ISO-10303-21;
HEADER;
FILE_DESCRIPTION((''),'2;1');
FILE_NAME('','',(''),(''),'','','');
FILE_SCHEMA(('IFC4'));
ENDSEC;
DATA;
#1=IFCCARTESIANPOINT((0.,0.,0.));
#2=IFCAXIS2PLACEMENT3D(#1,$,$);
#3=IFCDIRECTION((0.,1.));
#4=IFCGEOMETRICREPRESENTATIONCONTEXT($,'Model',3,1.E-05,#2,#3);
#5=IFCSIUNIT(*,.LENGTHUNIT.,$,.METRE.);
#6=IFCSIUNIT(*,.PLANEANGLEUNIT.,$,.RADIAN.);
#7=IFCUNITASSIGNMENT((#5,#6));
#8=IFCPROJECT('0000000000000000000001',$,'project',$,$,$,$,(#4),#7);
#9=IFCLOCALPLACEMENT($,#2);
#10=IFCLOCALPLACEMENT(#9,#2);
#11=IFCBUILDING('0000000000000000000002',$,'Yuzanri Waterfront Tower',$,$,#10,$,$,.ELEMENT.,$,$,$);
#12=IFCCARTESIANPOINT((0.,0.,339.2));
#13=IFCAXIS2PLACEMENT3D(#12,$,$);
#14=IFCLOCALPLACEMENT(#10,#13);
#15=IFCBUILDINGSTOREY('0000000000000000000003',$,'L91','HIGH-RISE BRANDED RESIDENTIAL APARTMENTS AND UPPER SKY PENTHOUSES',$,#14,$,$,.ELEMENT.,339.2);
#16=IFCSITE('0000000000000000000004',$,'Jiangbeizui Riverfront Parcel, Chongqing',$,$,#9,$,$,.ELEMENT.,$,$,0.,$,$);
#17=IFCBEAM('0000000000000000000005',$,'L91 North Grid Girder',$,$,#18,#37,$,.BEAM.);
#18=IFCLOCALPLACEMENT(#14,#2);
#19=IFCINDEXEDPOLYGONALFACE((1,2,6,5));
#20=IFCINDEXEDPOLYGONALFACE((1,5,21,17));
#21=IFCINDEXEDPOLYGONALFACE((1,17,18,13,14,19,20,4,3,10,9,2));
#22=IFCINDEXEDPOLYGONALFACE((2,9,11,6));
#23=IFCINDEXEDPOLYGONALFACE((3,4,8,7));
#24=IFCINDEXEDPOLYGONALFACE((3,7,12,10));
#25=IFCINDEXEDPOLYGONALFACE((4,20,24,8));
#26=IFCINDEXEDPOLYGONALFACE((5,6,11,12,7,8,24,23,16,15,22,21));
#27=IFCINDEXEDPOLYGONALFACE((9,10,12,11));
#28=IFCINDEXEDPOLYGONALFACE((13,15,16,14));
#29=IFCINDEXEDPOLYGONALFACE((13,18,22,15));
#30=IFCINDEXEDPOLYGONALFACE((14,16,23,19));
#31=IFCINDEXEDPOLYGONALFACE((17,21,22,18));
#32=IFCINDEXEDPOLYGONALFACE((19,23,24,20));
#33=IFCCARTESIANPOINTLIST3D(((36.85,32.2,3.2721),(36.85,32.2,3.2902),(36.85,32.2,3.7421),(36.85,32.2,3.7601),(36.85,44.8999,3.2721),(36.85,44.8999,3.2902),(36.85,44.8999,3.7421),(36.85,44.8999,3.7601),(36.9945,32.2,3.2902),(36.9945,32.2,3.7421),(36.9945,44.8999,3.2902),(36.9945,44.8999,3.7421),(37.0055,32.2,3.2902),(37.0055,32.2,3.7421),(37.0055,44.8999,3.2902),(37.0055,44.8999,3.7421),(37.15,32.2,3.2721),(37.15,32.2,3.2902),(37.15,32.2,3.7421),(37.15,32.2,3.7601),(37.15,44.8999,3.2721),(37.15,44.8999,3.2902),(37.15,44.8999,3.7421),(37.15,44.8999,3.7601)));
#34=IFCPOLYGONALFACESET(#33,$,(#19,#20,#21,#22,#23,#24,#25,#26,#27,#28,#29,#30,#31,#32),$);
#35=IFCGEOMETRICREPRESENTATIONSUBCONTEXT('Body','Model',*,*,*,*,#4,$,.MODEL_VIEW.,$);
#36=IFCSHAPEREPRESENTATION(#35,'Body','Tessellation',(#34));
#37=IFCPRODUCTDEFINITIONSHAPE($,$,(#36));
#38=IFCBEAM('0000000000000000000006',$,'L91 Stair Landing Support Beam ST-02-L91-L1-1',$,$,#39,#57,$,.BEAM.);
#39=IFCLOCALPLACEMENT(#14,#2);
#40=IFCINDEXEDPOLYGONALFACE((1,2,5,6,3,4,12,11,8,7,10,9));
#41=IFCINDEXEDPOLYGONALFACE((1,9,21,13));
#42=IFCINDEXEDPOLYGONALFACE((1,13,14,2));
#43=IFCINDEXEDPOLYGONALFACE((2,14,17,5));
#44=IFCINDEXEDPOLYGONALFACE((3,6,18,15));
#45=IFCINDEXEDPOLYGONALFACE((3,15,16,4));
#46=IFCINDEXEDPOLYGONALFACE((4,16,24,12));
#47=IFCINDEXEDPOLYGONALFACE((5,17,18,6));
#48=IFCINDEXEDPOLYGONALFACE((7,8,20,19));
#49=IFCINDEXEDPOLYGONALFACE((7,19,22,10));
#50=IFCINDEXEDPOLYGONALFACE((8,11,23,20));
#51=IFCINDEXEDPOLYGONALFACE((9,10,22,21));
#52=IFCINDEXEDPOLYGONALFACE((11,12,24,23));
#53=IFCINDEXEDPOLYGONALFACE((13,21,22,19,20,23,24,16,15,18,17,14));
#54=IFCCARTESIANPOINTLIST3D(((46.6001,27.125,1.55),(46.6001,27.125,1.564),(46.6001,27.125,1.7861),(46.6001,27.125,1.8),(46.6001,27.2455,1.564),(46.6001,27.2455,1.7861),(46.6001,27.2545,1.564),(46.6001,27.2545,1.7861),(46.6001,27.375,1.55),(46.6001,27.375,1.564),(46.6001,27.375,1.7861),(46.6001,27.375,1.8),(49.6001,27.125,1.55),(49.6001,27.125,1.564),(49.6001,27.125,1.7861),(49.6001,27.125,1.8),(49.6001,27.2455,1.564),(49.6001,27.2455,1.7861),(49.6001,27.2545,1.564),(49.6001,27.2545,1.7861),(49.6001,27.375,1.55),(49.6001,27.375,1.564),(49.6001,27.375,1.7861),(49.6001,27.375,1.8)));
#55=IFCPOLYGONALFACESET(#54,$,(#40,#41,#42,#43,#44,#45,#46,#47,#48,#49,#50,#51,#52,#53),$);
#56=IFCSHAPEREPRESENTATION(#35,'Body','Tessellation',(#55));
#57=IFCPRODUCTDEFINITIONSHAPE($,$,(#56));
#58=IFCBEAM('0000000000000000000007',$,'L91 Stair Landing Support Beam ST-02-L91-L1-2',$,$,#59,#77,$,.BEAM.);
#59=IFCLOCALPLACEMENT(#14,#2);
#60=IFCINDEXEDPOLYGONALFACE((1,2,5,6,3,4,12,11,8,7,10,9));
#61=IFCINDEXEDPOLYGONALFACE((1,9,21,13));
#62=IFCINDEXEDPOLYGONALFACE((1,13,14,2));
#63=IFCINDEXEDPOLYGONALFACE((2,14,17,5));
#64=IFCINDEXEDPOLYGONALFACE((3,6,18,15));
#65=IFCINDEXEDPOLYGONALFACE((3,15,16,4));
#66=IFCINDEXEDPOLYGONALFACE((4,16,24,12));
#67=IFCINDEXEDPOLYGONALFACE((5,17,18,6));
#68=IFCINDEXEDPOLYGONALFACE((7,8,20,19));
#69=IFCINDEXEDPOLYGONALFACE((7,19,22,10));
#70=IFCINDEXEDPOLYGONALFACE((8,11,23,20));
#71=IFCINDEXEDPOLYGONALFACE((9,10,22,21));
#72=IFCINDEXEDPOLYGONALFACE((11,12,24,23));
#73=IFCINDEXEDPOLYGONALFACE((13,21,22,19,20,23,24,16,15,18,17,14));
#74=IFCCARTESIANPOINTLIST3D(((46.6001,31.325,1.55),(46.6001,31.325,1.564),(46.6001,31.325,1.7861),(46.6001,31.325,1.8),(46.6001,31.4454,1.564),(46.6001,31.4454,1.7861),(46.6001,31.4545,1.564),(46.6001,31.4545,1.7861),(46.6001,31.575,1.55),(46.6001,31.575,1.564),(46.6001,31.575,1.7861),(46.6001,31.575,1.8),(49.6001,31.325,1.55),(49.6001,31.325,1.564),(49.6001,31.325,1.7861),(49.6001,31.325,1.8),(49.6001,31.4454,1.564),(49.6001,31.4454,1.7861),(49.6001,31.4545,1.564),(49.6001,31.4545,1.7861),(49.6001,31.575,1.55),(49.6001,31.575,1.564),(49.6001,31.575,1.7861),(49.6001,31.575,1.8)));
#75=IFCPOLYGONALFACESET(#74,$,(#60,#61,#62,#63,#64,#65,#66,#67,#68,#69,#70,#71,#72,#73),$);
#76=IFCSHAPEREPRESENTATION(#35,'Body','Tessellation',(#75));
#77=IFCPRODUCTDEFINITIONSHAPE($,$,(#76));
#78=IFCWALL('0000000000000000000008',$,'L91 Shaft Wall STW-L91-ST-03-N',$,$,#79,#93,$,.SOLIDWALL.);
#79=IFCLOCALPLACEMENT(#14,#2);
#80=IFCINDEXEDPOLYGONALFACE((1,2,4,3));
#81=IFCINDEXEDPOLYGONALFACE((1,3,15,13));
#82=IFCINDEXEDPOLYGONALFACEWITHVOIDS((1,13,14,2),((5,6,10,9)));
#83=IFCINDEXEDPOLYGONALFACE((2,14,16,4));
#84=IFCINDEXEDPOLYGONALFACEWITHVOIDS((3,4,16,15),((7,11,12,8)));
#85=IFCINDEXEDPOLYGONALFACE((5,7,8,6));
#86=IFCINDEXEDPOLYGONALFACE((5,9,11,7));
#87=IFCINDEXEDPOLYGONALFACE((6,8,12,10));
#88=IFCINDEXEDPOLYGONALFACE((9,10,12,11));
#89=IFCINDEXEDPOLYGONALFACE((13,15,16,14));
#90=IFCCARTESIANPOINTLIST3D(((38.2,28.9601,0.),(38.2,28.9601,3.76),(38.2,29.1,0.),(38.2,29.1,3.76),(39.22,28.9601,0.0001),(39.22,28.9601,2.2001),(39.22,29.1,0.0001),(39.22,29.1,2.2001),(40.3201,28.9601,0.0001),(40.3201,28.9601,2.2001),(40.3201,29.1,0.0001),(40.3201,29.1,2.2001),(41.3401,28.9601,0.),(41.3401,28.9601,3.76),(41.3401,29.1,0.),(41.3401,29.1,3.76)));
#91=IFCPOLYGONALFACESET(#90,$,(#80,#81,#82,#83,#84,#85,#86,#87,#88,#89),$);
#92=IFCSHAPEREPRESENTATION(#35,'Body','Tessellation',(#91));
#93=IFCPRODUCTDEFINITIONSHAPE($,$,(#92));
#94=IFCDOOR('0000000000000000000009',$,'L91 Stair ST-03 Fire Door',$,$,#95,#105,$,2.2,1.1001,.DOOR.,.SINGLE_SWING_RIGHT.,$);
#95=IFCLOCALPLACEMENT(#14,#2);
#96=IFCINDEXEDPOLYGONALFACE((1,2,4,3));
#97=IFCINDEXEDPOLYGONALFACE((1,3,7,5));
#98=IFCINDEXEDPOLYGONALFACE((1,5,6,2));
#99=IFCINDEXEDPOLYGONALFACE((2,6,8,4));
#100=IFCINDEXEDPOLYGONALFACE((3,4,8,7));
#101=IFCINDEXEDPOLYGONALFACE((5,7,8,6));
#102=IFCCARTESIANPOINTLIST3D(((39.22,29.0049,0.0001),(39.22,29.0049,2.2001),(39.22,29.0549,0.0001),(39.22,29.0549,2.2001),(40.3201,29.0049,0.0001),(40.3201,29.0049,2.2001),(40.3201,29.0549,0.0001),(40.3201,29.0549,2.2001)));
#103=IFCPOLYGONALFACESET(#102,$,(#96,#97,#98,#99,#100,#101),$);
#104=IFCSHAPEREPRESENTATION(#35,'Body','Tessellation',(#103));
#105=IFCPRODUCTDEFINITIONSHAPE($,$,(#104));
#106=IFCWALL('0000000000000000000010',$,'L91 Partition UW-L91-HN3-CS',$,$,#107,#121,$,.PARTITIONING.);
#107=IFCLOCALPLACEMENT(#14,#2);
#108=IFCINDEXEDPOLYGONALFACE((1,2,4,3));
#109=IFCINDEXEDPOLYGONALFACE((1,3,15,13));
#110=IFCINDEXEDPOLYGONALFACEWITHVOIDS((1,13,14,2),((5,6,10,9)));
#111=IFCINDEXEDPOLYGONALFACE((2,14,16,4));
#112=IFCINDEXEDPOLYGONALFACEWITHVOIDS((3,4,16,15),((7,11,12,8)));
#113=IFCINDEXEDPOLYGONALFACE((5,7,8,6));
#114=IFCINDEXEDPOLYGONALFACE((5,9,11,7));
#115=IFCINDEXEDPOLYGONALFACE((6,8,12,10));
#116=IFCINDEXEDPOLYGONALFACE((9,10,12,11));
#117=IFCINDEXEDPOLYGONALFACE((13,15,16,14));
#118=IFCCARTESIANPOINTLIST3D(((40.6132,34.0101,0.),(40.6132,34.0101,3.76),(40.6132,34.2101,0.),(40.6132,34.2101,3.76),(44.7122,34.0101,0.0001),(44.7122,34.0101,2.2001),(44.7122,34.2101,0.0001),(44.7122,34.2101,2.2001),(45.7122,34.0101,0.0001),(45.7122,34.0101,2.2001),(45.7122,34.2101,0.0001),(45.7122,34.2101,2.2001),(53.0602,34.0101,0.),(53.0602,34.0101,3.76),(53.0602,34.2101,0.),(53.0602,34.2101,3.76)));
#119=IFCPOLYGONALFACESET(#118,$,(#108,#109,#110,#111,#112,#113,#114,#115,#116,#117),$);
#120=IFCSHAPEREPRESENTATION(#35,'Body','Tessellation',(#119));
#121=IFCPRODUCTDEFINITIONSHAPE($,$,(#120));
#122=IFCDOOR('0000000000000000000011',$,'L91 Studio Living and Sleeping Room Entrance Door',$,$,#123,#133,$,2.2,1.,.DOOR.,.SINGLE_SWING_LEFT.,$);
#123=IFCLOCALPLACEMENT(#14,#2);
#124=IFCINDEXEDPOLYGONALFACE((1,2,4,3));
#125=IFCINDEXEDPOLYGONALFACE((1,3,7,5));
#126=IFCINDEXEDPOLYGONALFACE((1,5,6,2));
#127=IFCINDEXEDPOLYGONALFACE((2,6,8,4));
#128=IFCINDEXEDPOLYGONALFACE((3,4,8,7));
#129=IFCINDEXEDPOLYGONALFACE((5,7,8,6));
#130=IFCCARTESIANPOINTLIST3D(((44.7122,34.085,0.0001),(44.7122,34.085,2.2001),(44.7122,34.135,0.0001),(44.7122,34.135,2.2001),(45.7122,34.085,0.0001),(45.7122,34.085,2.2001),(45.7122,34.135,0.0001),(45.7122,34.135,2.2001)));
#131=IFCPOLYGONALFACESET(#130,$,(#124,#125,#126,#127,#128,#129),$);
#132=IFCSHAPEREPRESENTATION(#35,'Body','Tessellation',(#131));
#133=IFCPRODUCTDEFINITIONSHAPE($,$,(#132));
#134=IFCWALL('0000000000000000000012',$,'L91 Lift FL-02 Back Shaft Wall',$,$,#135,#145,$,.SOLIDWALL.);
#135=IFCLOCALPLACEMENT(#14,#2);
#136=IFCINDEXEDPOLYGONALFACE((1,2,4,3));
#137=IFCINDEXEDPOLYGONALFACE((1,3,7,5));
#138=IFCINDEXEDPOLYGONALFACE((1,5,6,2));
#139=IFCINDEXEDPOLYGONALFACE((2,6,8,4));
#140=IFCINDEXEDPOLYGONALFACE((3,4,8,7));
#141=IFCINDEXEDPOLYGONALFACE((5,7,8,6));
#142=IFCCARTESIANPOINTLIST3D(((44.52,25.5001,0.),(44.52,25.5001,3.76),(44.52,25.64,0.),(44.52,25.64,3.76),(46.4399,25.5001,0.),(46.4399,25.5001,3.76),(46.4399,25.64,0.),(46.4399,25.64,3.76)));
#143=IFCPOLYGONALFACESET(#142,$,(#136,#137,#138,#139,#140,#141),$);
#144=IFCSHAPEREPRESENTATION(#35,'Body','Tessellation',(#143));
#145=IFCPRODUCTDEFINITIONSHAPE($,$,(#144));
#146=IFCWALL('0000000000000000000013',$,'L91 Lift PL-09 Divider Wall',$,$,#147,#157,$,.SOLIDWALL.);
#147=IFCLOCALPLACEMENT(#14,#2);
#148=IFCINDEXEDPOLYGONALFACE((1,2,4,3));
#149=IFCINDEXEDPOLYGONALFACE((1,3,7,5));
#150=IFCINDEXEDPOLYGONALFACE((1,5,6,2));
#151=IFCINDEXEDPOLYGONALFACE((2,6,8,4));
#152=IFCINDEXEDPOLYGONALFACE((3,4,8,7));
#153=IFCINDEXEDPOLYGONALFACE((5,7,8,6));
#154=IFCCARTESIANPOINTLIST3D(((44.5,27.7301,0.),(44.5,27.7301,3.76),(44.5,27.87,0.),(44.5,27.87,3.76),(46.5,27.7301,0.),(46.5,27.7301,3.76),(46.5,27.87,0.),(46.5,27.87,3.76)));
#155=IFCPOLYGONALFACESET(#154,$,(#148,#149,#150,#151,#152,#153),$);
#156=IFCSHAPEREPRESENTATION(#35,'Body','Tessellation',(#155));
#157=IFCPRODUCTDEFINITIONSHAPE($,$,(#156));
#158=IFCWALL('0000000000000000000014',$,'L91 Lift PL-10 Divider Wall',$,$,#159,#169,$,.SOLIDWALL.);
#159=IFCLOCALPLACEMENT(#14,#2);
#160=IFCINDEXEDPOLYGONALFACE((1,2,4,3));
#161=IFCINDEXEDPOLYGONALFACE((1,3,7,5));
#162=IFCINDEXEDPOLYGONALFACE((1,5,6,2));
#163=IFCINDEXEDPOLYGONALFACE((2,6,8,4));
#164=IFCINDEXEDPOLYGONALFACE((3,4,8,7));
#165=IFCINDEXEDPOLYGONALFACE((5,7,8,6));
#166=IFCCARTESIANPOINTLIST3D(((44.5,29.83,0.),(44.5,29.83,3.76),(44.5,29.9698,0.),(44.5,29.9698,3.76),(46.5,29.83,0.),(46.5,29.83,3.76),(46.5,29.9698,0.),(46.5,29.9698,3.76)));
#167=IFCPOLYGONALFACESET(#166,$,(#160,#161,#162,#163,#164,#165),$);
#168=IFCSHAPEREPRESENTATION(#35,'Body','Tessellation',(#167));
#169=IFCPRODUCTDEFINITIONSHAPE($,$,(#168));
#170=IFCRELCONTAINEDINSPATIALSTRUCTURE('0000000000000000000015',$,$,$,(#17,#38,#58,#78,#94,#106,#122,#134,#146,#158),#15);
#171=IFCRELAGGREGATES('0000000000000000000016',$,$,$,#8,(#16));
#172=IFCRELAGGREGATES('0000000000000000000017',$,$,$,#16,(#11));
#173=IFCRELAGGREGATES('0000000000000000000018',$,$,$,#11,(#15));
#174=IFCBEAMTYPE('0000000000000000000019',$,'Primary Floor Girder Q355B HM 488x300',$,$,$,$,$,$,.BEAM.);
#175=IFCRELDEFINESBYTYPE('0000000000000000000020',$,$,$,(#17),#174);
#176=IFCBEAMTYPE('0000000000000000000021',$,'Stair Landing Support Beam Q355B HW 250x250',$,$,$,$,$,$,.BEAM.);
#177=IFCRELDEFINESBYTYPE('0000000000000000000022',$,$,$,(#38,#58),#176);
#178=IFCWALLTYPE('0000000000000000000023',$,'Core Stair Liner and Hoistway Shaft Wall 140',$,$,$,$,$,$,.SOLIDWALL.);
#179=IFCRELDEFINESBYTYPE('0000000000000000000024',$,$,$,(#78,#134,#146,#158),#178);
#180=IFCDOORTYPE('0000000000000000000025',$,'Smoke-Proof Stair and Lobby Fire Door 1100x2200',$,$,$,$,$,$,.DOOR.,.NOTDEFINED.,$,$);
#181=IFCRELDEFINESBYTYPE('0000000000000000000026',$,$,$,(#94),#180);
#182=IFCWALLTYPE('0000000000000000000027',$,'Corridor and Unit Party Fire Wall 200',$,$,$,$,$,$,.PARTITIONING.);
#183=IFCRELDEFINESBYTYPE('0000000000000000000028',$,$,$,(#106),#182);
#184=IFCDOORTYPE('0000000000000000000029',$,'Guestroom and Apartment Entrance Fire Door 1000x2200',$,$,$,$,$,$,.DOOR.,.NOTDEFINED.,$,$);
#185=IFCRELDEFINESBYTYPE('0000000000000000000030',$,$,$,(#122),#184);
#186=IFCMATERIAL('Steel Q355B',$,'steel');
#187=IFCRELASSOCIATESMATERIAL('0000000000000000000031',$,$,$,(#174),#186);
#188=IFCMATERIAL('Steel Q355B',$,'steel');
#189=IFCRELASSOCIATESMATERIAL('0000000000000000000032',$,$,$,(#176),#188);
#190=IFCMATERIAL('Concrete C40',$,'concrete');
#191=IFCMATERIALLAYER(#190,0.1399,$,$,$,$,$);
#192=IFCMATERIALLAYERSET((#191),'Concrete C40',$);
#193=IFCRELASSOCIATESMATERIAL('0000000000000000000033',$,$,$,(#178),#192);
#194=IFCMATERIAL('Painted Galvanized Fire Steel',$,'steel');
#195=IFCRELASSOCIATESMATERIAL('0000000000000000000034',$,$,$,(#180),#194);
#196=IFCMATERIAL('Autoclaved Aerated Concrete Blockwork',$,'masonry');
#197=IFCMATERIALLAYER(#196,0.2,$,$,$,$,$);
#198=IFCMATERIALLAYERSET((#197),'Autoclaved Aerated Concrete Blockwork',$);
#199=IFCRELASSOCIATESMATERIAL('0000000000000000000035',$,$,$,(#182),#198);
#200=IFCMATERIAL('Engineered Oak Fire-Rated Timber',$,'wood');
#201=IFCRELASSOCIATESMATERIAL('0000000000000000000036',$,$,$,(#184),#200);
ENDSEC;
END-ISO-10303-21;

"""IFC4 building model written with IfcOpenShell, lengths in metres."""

from ifc_helpers import new_model, si_unit, direction, frame, frame_2d, origin, origin_2d, place, context, subcontext, project, spatial, rectangle, i_section, extrude, source, transform, mapped, material, layer, layer_set, material_profile, profile_set, type_object, element, fill, save


model = new_model("IFC4")

# Units and contexts
model_context = context("Model", 3, precision=1e-05, world=origin(), true_north=direction((0.0, 1.0)))
body_context = subcontext(model_context, "Body", "Model", "MODEL_VIEW")
ifc_project = project(units=[si_unit("LENGTHUNIT", "METRE"), si_unit("PLANEANGLEUNIT", "RADIAN")], contexts=[model_context])

# Site, building, storey
site_placement = place(None, origin())
site = spatial("IfcSite", under=ifc_project, at=site_placement, Name="Jiangbeizui Riverfront Parcel, Chongqing", CompositionType="ELEMENT", RefElevation=0.0)
building_placement = place(site_placement, origin())
building = spatial("IfcBuilding", under=site, at=building_placement, Name="Yuzanri Waterfront Tower", CompositionType="ELEMENT")
storey_placement = place(building_placement, frame((0.0, 0.0, 339.2)))
storey = spatial("IfcBuildingStorey", under=building, at=storey_placement, Name="L91", Description="HIGH-RISE BRANDED RESIDENTIAL APARTMENTS AND UPPER SKY PENTHOUSES", CompositionType="ELEMENT", Elevation=339.2)

# Beams
ifc_material_1 = material(Name="Steel Q355B", Category="steel")
ifc_material_profile_1 = material_profile(ifc_material_1, i_section(OverallWidth=0.3, OverallDepth=0.488, WebThickness=0.011, FlangeThickness=0.0181, at=origin_2d()), Name="HM 488x300x11x18")
ifc_profile_set_1 = profile_set([ifc_material_profile_1], Name="Steel Q355B")
beam_type_1 = type_object("IfcBeamType", Name="Primary Floor Girder Q355B HM 488x300", PredefinedType="BEAM", material=ifc_profile_set_1)
shared_shape_1 = source(origin(), body_context, "Body", "SweptSolid", [
    extrude(i_section(OverallWidth=0.3, OverallDepth=0.488, WebThickness=0.011, FlangeThickness=0.0181, at=origin_2d()), origin(), (0.0, 0.0, 1.0), 12.7),
])
beam_placement = place(storey_placement, frame((37.0, 32.2, 3.5161), z_axis=(0.0, 1.0, 0.0), x_axis=(-1.0, 0.0, 0.0)))
element("IfcBeam", 1, at=beam_placement, inside=storey, type_object=beam_type_1, Name="L91 North Grid Girder", PredefinedType="BEAM", context=body_context, shape_type="MappedRepresentation", body=[
    mapped(shared_shape_1, transform((0.0, 0.0, 0.0), scale=1.0)),
])
ifc_material_2 = material(Name="Steel Q355B", Category="steel")
ifc_material_profile_2 = material_profile(ifc_material_2, i_section(OverallWidth=0.25, OverallDepth=0.25, WebThickness=0.009, FlangeThickness=0.0139, at=origin_2d()), Name="HW 250x250x9x14")
ifc_profile_set_2 = profile_set([ifc_material_profile_2], Name="Steel Q355B")
beam_type_2 = type_object("IfcBeamType", Name="Stair Landing Support Beam Q355B HW 250x250", PredefinedType="BEAM", material=ifc_profile_set_2)
shared_shape_2 = source(origin(), body_context, "Body", "SweptSolid", [
    extrude(i_section(OverallWidth=0.25, OverallDepth=0.25, WebThickness=0.009, FlangeThickness=0.0139, at=origin_2d()), origin(), (0.0, 0.0, 1.0), 3.0),
])
for number, where, z_axis, x_axis, name in (
    (2, (46.6001, 27.25, 1.675), (1.0, 0.0, 0.0), (0.0, 1.0, 0.0), "L91 Stair Landing Support Beam ST-02-L91-L1-1"),
    (3, (46.6001, 31.45, 1.675), (1.0, 0.0, 0.0), (0.0, 1.0, 0.0), "L91 Stair Landing Support Beam ST-02-L91-L1-2"),
):
    element("IfcBeam", number, at=place(storey_placement, frame(where, z_axis=z_axis, x_axis=x_axis)), inside=storey, type_object=beam_type_2, Name=name, PredefinedType="BEAM", context=body_context, shape_type="MappedRepresentation", body=[
        mapped(shared_shape_2, transform((0.0, 0.0, 0.0), scale=1.0)),
    ])

# Walls, openings, doors
ifc_material_3 = material(Name="Concrete C40", Category="concrete")
ifc_layer_1 = layer(ifc_material_3, 0.1399)
ifc_layer_set_1 = layer_set([ifc_layer_1], Name="Concrete C40")
wall_type_1 = type_object("IfcWallType", Name="Core Stair Liner and Hoistway Shaft Wall 140", PredefinedType="SOLIDWALL", material=ifc_layer_set_1)
wall_1_placement = place(storey_placement, frame((38.2, 29.03, 0.0), z_axis=(0.0, 0.0, 1.0), x_axis=(1.0, 0.0, 0.0)))
wall_1 = element("IfcWall", 4, at=wall_1_placement, inside=storey, type_object=wall_type_1, Name="L91 Shaft Wall STW-L91-ST-03-N", PredefinedType="SOLIDWALL", context=body_context, shape_type="SweptSolid", body=[
    extrude(rectangle(XDim=3.1401, YDim=0.1399, at=frame_2d((1.5701, 0.0))), origin(), (0.0, 0.0, 1.0), 3.76),
])
opening_1_placement = place(wall_1_placement, frame((1.02, 0.0, 0.0)))
opening_1 = element("IfcOpeningElement", 5, at=opening_1_placement, cuts=wall_1, PredefinedType="OPENING", context=body_context, shape_type="SweptSolid", body=[
    extrude(rectangle(XDim=1.1001, YDim=2.2, at=frame_2d((0.55, 1.1001))), frame((0.0, 0.085, 0.0), z_axis=(0.0, -1.0, 0.0), x_axis=(1.0, 0.0, 0.0)), (0.0, 0.0, 1.0), 0.1697),
])
ifc_material_4 = material(Name="Painted Galvanized Fire Steel", Category="steel")
door_type_1 = type_object("IfcDoorType", Name="Smoke-Proof Stair and Lobby Fire Door 1100x2200", OperationType="NOTDEFINED", PredefinedType="DOOR", material=ifc_material_4)
shared_shape_3 = source(origin(), body_context, "Body", "SweptSolid", [
    extrude(rectangle(XDim=1.1001, YDim=2.2, at=frame_2d((0.55, 1.1001))), frame((0.0, 0.0249, 0.0), z_axis=(0.0, -1.0, 0.0), x_axis=(1.0, 0.0, 0.0)), (0.0, 0.0, 1.0), 0.05),
])
door_1_placement = place(opening_1_placement, origin())
door_1 = element("IfcDoor", 6, at=door_1_placement, inside=storey, type_object=door_type_1, Name="L91 Stair ST-03 Fire Door", OperationType="SINGLE_SWING_RIGHT", OverallHeight=2.2, OverallWidth=1.1001, PredefinedType="DOOR", context=body_context, shape_type="MappedRepresentation", body=[
    mapped(shared_shape_3, transform((0.0, 0.0, 0.0), scale=1.0)),
])
fill(opening_1, door_1)
ifc_material_5 = material(Name="Autoclaved Aerated Concrete Blockwork", Category="masonry")
ifc_layer_2 = layer(ifc_material_5, 0.2)
ifc_layer_set_2 = layer_set([ifc_layer_2], Name="Autoclaved Aerated Concrete Blockwork")
wall_type_2 = type_object("IfcWallType", Name="Corridor and Unit Party Fire Wall 200", PredefinedType="PARTITIONING", material=ifc_layer_set_2)
wall_2_placement = place(storey_placement, frame((40.613, 34.1101, 0.0), z_axis=(0.0, 0.0, 1.0), x_axis=(1.0, 0.0, 0.0)))
wall_2 = element("IfcWall", 7, at=wall_2_placement, inside=storey, type_object=wall_type_2, Name="L91 Partition UW-L91-HN3-CS", PredefinedType="PARTITIONING", context=body_context, shape_type="SweptSolid", body=[
    extrude(rectangle(XDim=12.447, YDim=0.2, at=frame_2d((6.2236, 0.0))), origin(), (0.0, 0.0, 1.0), 3.76),
])
opening_2_placement = place(wall_2_placement, frame((4.0991, 0.0, 0.0)))
opening_2 = element("IfcOpeningElement", 8, at=opening_2_placement, cuts=wall_2, PredefinedType="OPENING", context=body_context, shape_type="SweptSolid", body=[
    extrude(rectangle(XDim=1.0, YDim=2.2, at=frame_2d((0.5, 1.1001))), frame((0.0, 0.1147, 0.0), z_axis=(0.0, -1.0, 0.0), x_axis=(1.0, 0.0, 0.0)), (0.0, 0.0, 1.0), 0.2297),
])
ifc_material_6 = material(Name="Engineered Oak Fire-Rated Timber", Category="wood")
door_type_2 = type_object("IfcDoorType", Name="Guestroom and Apartment Entrance Fire Door 1000x2200", OperationType="NOTDEFINED", PredefinedType="DOOR", material=ifc_material_6)
shared_shape_4 = source(origin(), body_context, "Body", "SweptSolid", [
    extrude(rectangle(XDim=1.0, YDim=2.2, at=frame_2d((0.5, 1.1001))), frame((0.0, 0.0249, 0.0), z_axis=(0.0, -1.0, 0.0), x_axis=(1.0, 0.0, 0.0)), (0.0, 0.0, 1.0), 0.05),
])
door_2_placement = place(opening_2_placement, origin())
door_2 = element("IfcDoor", 9, at=door_2_placement, inside=storey, type_object=door_type_2, Name="L91 Studio Living and Sleeping Room Entrance Door", OperationType="SINGLE_SWING_LEFT", OverallHeight=2.2, OverallWidth=1.0, PredefinedType="DOOR", context=body_context, shape_type="MappedRepresentation", body=[
    mapped(shared_shape_4, transform((0.0, 0.0, 0.0), scale=1.0)),
])
fill(opening_2, door_2)

# Walls
shared_shape_5 = source(origin(), body_context, "Body", "SweptSolid", [
    extrude(rectangle(XDim=1.9199, YDim=0.1399, at=frame_2d((0.96, 0.0))), origin(), (0.0, 0.0, 1.0), 3.76),
])
wall_3_placement = place(storey_placement, frame((44.52, 25.5701, 0.0), z_axis=(0.0, 0.0, 1.0), x_axis=(1.0, 0.0, 0.0)))
element("IfcWall", 10, at=wall_3_placement, inside=storey, type_object=wall_type_1, Name="L91 Lift FL-02 Back Shaft Wall", PredefinedType="SOLIDWALL", context=body_context, shape_type="MappedRepresentation", body=[
    mapped(shared_shape_5, transform((0.0, 0.0, 0.0), scale=1.0)),
])
shared_shape_6 = source(origin(), body_context, "Body", "SweptSolid", [
    extrude(rectangle(XDim=2.0, YDim=0.1399, at=frame_2d((1.0, 0.0))), origin(), (0.0, 0.0, 1.0), 3.76),
])
for number, where, z_axis, x_axis, name in (
    (11, (44.5, 27.8, 0.0), (0.0, 0.0, 1.0), (1.0, 0.0, 0.0), "L91 Lift PL-09 Divider Wall"),
    (12, (44.5, 29.8999, 0.0), (0.0, 0.0, 1.0), (1.0, 0.0, 0.0), "L91 Lift PL-10 Divider Wall"),
):
    element("IfcWall", number, at=place(storey_placement, frame(where, z_axis=z_axis, x_axis=x_axis)), inside=storey, type_object=wall_type_1, Name=name, PredefinedType="SOLIDWALL", context=body_context, shape_type="MappedRepresentation", body=[
        mapped(shared_shape_6, transform((0.0, 0.0, 0.0), scale=1.0)),
    ])

save(model, "model.ifc")
